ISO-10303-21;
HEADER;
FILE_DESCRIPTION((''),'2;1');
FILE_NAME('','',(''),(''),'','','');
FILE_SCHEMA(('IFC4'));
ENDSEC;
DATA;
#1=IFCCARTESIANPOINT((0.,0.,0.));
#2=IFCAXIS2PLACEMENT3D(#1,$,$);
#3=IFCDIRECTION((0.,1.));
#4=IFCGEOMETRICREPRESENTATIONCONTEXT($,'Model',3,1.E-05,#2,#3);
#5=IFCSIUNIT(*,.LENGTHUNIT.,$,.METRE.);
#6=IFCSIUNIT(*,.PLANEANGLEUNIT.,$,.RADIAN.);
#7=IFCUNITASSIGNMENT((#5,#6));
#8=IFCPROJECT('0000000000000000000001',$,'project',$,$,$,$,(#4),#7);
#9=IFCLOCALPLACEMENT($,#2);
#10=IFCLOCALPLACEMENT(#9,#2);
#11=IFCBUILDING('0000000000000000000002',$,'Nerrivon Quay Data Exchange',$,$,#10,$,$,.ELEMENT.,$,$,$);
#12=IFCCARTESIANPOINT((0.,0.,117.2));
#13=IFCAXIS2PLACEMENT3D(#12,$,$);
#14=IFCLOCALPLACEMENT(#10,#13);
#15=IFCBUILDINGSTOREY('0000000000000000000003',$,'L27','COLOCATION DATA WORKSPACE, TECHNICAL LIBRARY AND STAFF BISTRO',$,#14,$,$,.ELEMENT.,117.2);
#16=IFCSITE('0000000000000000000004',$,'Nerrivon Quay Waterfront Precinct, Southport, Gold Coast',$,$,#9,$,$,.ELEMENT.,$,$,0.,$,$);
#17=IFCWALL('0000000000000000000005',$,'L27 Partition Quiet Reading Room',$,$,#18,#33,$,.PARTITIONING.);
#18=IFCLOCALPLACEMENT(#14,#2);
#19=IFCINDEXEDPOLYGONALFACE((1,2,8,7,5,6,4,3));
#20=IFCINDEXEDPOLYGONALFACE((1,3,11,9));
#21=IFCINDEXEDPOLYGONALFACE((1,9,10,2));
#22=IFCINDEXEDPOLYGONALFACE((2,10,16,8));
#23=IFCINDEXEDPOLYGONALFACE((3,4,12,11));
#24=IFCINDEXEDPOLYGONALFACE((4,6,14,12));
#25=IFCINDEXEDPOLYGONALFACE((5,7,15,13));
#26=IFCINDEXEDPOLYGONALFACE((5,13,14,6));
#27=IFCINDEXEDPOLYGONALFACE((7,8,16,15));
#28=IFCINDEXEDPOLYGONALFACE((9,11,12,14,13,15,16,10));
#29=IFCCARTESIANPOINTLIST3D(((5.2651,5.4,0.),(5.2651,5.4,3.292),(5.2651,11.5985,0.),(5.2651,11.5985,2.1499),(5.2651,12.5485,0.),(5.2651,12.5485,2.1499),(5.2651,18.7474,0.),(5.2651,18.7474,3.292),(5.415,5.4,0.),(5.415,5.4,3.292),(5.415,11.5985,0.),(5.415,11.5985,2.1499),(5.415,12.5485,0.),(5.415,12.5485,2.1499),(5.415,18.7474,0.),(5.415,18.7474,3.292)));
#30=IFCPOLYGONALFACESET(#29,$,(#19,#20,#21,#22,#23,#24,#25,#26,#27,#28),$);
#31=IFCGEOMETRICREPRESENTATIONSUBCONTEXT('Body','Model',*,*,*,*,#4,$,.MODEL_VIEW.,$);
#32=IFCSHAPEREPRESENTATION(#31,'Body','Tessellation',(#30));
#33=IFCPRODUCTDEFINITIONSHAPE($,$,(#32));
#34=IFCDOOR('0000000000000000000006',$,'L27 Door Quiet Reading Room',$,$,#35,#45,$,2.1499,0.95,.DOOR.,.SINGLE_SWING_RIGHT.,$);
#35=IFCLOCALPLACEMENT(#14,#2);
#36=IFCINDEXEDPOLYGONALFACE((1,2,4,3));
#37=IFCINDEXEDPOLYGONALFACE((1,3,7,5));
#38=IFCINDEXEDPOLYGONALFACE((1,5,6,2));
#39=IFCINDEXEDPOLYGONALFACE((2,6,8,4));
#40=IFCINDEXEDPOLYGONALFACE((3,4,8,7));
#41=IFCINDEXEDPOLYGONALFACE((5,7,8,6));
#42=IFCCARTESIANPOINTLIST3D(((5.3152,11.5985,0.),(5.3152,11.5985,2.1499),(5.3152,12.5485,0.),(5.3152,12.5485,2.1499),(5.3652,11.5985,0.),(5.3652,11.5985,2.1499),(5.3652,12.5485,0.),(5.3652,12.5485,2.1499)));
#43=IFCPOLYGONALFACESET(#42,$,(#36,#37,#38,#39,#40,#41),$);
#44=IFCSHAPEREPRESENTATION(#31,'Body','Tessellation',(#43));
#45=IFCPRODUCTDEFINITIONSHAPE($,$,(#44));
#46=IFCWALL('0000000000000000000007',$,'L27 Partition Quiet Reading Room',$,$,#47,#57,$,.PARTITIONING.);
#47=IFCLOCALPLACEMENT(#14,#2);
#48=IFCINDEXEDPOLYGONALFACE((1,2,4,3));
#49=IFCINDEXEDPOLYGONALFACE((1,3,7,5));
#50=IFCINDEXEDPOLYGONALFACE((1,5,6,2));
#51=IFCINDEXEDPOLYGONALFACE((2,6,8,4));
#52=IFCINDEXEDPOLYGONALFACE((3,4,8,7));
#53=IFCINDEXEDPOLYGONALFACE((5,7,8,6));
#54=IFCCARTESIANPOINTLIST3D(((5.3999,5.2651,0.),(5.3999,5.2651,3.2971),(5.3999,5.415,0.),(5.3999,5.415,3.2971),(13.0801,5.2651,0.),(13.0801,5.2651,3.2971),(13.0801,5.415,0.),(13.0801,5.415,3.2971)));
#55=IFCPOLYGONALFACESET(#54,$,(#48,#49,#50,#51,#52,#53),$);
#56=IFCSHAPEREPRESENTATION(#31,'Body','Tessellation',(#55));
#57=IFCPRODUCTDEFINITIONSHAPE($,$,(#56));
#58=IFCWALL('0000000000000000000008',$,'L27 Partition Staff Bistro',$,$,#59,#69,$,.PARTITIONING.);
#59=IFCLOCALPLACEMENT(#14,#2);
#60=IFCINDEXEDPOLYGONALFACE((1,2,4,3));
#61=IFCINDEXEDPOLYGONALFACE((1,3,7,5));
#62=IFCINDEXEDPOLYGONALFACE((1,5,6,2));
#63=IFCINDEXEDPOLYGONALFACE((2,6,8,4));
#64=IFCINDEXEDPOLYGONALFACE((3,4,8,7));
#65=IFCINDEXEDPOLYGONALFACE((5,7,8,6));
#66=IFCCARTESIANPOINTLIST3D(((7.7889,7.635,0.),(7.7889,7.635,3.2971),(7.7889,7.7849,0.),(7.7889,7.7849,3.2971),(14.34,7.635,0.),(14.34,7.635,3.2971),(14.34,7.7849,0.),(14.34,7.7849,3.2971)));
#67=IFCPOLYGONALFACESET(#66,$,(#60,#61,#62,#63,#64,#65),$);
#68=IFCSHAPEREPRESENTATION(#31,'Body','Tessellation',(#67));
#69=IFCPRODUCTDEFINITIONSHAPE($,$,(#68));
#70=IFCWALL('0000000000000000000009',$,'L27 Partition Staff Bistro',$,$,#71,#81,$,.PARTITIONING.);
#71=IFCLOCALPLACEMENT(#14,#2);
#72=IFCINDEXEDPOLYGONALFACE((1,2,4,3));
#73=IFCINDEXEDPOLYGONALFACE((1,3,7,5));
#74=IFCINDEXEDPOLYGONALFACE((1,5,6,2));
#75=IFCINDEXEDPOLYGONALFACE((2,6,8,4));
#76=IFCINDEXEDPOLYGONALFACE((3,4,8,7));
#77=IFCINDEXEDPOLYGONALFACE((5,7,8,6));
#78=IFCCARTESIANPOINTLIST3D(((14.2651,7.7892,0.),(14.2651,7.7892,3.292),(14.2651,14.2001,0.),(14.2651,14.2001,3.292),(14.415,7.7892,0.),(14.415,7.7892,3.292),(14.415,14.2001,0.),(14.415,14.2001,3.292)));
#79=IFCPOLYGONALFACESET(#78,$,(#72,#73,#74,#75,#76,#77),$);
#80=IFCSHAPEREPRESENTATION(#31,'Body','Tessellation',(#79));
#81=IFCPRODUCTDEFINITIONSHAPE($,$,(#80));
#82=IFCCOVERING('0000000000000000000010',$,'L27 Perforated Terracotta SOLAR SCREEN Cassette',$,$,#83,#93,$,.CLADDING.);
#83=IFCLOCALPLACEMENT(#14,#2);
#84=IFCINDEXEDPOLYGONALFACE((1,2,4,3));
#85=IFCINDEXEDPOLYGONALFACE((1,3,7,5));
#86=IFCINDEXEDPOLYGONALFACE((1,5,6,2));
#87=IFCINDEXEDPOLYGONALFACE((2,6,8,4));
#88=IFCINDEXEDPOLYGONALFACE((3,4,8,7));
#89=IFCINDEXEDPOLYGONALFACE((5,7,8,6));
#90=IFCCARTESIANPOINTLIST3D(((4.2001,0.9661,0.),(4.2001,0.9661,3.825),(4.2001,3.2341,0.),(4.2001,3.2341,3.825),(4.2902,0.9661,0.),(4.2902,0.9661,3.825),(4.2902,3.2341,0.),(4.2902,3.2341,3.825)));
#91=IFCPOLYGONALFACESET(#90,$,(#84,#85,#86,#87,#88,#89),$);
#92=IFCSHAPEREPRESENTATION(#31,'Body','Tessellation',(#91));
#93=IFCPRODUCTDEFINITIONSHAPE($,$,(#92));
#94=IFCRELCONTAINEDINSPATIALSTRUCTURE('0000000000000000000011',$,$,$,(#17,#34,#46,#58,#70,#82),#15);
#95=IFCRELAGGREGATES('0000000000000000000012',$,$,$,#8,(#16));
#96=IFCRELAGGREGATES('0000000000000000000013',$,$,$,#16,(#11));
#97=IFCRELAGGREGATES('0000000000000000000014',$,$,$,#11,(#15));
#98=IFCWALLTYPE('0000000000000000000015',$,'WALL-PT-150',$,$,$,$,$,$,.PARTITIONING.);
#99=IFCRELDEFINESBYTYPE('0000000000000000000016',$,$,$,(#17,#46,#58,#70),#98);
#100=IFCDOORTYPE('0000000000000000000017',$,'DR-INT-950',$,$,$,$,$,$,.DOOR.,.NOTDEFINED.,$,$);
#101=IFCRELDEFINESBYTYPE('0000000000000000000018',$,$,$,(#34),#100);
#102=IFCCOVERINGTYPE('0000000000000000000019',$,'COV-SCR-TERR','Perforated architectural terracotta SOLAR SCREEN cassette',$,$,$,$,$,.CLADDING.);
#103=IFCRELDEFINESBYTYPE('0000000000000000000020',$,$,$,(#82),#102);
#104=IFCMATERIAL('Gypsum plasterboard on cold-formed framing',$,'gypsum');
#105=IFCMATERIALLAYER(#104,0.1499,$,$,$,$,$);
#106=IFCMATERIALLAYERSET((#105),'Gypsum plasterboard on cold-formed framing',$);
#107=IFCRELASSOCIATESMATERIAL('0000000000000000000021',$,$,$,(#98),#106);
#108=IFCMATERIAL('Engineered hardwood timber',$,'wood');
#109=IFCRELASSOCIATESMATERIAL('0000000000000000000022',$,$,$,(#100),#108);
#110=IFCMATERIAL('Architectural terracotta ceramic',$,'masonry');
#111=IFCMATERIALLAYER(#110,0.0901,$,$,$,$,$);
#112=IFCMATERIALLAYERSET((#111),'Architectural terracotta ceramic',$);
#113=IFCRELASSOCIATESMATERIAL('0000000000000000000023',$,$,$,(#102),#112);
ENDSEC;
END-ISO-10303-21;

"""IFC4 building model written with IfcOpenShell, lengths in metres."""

from ifc_helpers import new_model, si_unit, direction, frame, frame_2d, origin, origin_2d, place, context, subcontext, project, spatial, rectangle, extrude, material, layer, layer_set, type_object, element, fill, save


model = new_model("IFC4")

# Units and contexts
model_context = context("Model", 3, precision=1e-05, world=origin(), true_north=direction((0.0, 1.0)))
body_context = subcontext(model_context, "Body", "Model", "MODEL_VIEW")
ifc_project = project(units=[si_unit("LENGTHUNIT", "METRE"), si_unit("PLANEANGLEUNIT", "RADIAN")], contexts=[model_context])

# Site, building, storey
site_placement = place(None, origin())
site = spatial("IfcSite", under=ifc_project, at=site_placement, Name="Nerrivon Quay Waterfront Precinct, Southport, Gold Coast", CompositionType="ELEMENT", RefElevation=0.0)
building_placement = place(site_placement, origin())
building = spatial("IfcBuilding", under=site, at=building_placement, Name="Nerrivon Quay Data Exchange", CompositionType="ELEMENT")
storey_placement = place(building_placement, frame((0.0, 0.0, 117.2)))
storey = spatial("IfcBuildingStorey", under=building, at=storey_placement, Name="L27", Description="COLOCATION DATA WORKSPACE, TECHNICAL LIBRARY AND STAFF BISTRO", CompositionType="ELEMENT", Elevation=117.2)

# Shared definitions
ifc_material_1 = material(Name="Gypsum plasterboard on cold-formed framing", Category="gypsum")
ifc_material_2 = material(Name="Engineered hardwood timber", Category="wood")

# Wall, opening, door
ifc_layer_1 = layer(ifc_material_1, 0.1499)
ifc_layer_set_1 = layer_set([ifc_layer_1], Name="Gypsum plasterboard on cold-formed framing")
wall_type_1 = type_object("IfcWallType", Name="WALL-PT-150", PredefinedType="PARTITIONING", material=ifc_layer_set_1)
wall_1_placement = place(storey_placement, frame((5.3401, 5.3999, 0.0), z_axis=(0.0, 0.0, 1.0), x_axis=(0.0, 1.0, 0.0)))
wall_1 = element("IfcWall", 1, at=wall_1_placement, inside=storey, type_object=wall_type_1, Name="L27 Partition Quiet Reading Room", PredefinedType="PARTITIONING", context=body_context, shape_type="SweptSolid", body=[
    extrude(rectangle(XDim=13.3474, YDim=0.1499, at=frame_2d((6.6738, 0.0))), origin(), (0.0, 0.0, 1.0), 3.292),
])
opening_1_placement = place(wall_1_placement, frame((6.1985, 0.0, 0.0)))
opening_1 = element("IfcOpeningElement", 2, at=opening_1_placement, cuts=wall_1, PredefinedType="OPENING", context=body_context, shape_type="SweptSolid", body=[
    extrude(rectangle(XDim=0.95, YDim=2.1499, at=frame_2d((0.4751, 1.075))), frame((0.0, 0.085, 0.0), z_axis=(0.0, -1.0, 0.0), x_axis=(1.0, 0.0, 0.0)), (0.0, 0.0, 1.0), 0.1699),
])
door_type_1 = type_object("IfcDoorType", Name="DR-INT-950", OperationType="NOTDEFINED", PredefinedType="DOOR", material=ifc_material_2)
door_1_placement = place(opening_1_placement, origin())
door_1 = element("IfcDoor", 3, at=door_1_placement, inside=storey, type_object=door_type_1, Name="L27 Door Quiet Reading Room", OperationType="SINGLE_SWING_RIGHT", OverallHeight=2.1499, OverallWidth=0.95, PredefinedType="DOOR", context=body_context, shape_type="SweptSolid", body=[
    extrude(rectangle(XDim=0.95, YDim=2.1499, at=frame_2d((0.4751, 1.075))), frame((0.0, 0.0249, 0.0), z_axis=(0.0, -1.0, 0.0), x_axis=(1.0, 0.0, 0.0)), (0.0, 0.0, 1.0), 0.05),
])
fill(opening_1, door_1)

# Walls
wall_2_placement = place(storey_placement, frame((13.0801, 5.3401, 0.0), z_axis=(0.0, 0.0, 1.0), x_axis=(-1.0, 0.0, 0.0)))
element("IfcWall", 4, at=wall_2_placement, inside=storey, type_object=wall_type_1, Name="L27 Partition Quiet Reading Room", PredefinedType="PARTITIONING", context=body_context, shape_type="SweptSolid", body=[
    extrude(rectangle(XDim=7.6802, YDim=0.1499, at=frame_2d((3.8401, 0.0))), origin(), (0.0, 0.0, 1.0), 3.2971),
])
wall_3_placement = place(storey_placement, frame((7.7891, 7.71, 0.0), z_axis=(0.0, 0.0, 1.0), x_axis=(1.0, 0.0, 0.0)))
element("IfcWall", 5, at=wall_3_placement, inside=storey, type_object=wall_type_1, Name="L27 Partition Staff Bistro", PredefinedType="PARTITIONING", context=body_context, shape_type="SweptSolid", body=[
    extrude(rectangle(XDim=6.551, YDim=0.1499, at=frame_2d((3.2754, 0.0))), origin(), (0.0, 0.0, 1.0), 3.2971),
])
wall_4_placement = place(storey_placement, frame((14.3401, 7.7891, 0.0), z_axis=(0.0, 0.0, 1.0), x_axis=(0.0, 1.0, 0.0)))
element("IfcWall", 6, at=wall_4_placement, inside=storey, type_object=wall_type_1, Name="L27 Partition Staff Bistro", PredefinedType="PARTITIONING", context=body_context, shape_type="SweptSolid", body=[
    extrude(rectangle(XDim=6.4109, YDim=0.1499, at=frame_2d((3.2056, 0.0))), origin(), (0.0, 0.0, 1.0), 3.292),
])

# Covering
ifc_material_3 = material(Name="Architectural terracotta ceramic", Category="masonry")
ifc_layer_2 = layer(ifc_material_3, 0.0901)
ifc_layer_set_2 = layer_set([ifc_layer_2], Name="Architectural terracotta ceramic")
covering_type = type_object("IfcCoveringType", Name="COV-SCR-TERR", Description="Perforated architectural terracotta SOLAR SCREEN cassette", PredefinedType="CLADDING", material=ifc_layer_set_2)
covering_placement = place(storey_placement, frame((4.2451, 2.1001, 0.0), z_axis=(0.0, 0.0, 1.0), x_axis=(0.0, 1.0, 0.0)))
element("IfcCovering", 7, at=covering_placement, inside=storey, type_object=covering_type, Name="L27 Perforated Terracotta SOLAR SCREEN Cassette", PredefinedType="CLADDING", context=body_context, shape_type="SweptSolid", body=[
    extrude(rectangle(XDim=2.2681, YDim=0.0901, at=origin_2d()), origin(), (0.0, 0.0, 1.0), 3.825),
])

save(model, "model.ifc")
